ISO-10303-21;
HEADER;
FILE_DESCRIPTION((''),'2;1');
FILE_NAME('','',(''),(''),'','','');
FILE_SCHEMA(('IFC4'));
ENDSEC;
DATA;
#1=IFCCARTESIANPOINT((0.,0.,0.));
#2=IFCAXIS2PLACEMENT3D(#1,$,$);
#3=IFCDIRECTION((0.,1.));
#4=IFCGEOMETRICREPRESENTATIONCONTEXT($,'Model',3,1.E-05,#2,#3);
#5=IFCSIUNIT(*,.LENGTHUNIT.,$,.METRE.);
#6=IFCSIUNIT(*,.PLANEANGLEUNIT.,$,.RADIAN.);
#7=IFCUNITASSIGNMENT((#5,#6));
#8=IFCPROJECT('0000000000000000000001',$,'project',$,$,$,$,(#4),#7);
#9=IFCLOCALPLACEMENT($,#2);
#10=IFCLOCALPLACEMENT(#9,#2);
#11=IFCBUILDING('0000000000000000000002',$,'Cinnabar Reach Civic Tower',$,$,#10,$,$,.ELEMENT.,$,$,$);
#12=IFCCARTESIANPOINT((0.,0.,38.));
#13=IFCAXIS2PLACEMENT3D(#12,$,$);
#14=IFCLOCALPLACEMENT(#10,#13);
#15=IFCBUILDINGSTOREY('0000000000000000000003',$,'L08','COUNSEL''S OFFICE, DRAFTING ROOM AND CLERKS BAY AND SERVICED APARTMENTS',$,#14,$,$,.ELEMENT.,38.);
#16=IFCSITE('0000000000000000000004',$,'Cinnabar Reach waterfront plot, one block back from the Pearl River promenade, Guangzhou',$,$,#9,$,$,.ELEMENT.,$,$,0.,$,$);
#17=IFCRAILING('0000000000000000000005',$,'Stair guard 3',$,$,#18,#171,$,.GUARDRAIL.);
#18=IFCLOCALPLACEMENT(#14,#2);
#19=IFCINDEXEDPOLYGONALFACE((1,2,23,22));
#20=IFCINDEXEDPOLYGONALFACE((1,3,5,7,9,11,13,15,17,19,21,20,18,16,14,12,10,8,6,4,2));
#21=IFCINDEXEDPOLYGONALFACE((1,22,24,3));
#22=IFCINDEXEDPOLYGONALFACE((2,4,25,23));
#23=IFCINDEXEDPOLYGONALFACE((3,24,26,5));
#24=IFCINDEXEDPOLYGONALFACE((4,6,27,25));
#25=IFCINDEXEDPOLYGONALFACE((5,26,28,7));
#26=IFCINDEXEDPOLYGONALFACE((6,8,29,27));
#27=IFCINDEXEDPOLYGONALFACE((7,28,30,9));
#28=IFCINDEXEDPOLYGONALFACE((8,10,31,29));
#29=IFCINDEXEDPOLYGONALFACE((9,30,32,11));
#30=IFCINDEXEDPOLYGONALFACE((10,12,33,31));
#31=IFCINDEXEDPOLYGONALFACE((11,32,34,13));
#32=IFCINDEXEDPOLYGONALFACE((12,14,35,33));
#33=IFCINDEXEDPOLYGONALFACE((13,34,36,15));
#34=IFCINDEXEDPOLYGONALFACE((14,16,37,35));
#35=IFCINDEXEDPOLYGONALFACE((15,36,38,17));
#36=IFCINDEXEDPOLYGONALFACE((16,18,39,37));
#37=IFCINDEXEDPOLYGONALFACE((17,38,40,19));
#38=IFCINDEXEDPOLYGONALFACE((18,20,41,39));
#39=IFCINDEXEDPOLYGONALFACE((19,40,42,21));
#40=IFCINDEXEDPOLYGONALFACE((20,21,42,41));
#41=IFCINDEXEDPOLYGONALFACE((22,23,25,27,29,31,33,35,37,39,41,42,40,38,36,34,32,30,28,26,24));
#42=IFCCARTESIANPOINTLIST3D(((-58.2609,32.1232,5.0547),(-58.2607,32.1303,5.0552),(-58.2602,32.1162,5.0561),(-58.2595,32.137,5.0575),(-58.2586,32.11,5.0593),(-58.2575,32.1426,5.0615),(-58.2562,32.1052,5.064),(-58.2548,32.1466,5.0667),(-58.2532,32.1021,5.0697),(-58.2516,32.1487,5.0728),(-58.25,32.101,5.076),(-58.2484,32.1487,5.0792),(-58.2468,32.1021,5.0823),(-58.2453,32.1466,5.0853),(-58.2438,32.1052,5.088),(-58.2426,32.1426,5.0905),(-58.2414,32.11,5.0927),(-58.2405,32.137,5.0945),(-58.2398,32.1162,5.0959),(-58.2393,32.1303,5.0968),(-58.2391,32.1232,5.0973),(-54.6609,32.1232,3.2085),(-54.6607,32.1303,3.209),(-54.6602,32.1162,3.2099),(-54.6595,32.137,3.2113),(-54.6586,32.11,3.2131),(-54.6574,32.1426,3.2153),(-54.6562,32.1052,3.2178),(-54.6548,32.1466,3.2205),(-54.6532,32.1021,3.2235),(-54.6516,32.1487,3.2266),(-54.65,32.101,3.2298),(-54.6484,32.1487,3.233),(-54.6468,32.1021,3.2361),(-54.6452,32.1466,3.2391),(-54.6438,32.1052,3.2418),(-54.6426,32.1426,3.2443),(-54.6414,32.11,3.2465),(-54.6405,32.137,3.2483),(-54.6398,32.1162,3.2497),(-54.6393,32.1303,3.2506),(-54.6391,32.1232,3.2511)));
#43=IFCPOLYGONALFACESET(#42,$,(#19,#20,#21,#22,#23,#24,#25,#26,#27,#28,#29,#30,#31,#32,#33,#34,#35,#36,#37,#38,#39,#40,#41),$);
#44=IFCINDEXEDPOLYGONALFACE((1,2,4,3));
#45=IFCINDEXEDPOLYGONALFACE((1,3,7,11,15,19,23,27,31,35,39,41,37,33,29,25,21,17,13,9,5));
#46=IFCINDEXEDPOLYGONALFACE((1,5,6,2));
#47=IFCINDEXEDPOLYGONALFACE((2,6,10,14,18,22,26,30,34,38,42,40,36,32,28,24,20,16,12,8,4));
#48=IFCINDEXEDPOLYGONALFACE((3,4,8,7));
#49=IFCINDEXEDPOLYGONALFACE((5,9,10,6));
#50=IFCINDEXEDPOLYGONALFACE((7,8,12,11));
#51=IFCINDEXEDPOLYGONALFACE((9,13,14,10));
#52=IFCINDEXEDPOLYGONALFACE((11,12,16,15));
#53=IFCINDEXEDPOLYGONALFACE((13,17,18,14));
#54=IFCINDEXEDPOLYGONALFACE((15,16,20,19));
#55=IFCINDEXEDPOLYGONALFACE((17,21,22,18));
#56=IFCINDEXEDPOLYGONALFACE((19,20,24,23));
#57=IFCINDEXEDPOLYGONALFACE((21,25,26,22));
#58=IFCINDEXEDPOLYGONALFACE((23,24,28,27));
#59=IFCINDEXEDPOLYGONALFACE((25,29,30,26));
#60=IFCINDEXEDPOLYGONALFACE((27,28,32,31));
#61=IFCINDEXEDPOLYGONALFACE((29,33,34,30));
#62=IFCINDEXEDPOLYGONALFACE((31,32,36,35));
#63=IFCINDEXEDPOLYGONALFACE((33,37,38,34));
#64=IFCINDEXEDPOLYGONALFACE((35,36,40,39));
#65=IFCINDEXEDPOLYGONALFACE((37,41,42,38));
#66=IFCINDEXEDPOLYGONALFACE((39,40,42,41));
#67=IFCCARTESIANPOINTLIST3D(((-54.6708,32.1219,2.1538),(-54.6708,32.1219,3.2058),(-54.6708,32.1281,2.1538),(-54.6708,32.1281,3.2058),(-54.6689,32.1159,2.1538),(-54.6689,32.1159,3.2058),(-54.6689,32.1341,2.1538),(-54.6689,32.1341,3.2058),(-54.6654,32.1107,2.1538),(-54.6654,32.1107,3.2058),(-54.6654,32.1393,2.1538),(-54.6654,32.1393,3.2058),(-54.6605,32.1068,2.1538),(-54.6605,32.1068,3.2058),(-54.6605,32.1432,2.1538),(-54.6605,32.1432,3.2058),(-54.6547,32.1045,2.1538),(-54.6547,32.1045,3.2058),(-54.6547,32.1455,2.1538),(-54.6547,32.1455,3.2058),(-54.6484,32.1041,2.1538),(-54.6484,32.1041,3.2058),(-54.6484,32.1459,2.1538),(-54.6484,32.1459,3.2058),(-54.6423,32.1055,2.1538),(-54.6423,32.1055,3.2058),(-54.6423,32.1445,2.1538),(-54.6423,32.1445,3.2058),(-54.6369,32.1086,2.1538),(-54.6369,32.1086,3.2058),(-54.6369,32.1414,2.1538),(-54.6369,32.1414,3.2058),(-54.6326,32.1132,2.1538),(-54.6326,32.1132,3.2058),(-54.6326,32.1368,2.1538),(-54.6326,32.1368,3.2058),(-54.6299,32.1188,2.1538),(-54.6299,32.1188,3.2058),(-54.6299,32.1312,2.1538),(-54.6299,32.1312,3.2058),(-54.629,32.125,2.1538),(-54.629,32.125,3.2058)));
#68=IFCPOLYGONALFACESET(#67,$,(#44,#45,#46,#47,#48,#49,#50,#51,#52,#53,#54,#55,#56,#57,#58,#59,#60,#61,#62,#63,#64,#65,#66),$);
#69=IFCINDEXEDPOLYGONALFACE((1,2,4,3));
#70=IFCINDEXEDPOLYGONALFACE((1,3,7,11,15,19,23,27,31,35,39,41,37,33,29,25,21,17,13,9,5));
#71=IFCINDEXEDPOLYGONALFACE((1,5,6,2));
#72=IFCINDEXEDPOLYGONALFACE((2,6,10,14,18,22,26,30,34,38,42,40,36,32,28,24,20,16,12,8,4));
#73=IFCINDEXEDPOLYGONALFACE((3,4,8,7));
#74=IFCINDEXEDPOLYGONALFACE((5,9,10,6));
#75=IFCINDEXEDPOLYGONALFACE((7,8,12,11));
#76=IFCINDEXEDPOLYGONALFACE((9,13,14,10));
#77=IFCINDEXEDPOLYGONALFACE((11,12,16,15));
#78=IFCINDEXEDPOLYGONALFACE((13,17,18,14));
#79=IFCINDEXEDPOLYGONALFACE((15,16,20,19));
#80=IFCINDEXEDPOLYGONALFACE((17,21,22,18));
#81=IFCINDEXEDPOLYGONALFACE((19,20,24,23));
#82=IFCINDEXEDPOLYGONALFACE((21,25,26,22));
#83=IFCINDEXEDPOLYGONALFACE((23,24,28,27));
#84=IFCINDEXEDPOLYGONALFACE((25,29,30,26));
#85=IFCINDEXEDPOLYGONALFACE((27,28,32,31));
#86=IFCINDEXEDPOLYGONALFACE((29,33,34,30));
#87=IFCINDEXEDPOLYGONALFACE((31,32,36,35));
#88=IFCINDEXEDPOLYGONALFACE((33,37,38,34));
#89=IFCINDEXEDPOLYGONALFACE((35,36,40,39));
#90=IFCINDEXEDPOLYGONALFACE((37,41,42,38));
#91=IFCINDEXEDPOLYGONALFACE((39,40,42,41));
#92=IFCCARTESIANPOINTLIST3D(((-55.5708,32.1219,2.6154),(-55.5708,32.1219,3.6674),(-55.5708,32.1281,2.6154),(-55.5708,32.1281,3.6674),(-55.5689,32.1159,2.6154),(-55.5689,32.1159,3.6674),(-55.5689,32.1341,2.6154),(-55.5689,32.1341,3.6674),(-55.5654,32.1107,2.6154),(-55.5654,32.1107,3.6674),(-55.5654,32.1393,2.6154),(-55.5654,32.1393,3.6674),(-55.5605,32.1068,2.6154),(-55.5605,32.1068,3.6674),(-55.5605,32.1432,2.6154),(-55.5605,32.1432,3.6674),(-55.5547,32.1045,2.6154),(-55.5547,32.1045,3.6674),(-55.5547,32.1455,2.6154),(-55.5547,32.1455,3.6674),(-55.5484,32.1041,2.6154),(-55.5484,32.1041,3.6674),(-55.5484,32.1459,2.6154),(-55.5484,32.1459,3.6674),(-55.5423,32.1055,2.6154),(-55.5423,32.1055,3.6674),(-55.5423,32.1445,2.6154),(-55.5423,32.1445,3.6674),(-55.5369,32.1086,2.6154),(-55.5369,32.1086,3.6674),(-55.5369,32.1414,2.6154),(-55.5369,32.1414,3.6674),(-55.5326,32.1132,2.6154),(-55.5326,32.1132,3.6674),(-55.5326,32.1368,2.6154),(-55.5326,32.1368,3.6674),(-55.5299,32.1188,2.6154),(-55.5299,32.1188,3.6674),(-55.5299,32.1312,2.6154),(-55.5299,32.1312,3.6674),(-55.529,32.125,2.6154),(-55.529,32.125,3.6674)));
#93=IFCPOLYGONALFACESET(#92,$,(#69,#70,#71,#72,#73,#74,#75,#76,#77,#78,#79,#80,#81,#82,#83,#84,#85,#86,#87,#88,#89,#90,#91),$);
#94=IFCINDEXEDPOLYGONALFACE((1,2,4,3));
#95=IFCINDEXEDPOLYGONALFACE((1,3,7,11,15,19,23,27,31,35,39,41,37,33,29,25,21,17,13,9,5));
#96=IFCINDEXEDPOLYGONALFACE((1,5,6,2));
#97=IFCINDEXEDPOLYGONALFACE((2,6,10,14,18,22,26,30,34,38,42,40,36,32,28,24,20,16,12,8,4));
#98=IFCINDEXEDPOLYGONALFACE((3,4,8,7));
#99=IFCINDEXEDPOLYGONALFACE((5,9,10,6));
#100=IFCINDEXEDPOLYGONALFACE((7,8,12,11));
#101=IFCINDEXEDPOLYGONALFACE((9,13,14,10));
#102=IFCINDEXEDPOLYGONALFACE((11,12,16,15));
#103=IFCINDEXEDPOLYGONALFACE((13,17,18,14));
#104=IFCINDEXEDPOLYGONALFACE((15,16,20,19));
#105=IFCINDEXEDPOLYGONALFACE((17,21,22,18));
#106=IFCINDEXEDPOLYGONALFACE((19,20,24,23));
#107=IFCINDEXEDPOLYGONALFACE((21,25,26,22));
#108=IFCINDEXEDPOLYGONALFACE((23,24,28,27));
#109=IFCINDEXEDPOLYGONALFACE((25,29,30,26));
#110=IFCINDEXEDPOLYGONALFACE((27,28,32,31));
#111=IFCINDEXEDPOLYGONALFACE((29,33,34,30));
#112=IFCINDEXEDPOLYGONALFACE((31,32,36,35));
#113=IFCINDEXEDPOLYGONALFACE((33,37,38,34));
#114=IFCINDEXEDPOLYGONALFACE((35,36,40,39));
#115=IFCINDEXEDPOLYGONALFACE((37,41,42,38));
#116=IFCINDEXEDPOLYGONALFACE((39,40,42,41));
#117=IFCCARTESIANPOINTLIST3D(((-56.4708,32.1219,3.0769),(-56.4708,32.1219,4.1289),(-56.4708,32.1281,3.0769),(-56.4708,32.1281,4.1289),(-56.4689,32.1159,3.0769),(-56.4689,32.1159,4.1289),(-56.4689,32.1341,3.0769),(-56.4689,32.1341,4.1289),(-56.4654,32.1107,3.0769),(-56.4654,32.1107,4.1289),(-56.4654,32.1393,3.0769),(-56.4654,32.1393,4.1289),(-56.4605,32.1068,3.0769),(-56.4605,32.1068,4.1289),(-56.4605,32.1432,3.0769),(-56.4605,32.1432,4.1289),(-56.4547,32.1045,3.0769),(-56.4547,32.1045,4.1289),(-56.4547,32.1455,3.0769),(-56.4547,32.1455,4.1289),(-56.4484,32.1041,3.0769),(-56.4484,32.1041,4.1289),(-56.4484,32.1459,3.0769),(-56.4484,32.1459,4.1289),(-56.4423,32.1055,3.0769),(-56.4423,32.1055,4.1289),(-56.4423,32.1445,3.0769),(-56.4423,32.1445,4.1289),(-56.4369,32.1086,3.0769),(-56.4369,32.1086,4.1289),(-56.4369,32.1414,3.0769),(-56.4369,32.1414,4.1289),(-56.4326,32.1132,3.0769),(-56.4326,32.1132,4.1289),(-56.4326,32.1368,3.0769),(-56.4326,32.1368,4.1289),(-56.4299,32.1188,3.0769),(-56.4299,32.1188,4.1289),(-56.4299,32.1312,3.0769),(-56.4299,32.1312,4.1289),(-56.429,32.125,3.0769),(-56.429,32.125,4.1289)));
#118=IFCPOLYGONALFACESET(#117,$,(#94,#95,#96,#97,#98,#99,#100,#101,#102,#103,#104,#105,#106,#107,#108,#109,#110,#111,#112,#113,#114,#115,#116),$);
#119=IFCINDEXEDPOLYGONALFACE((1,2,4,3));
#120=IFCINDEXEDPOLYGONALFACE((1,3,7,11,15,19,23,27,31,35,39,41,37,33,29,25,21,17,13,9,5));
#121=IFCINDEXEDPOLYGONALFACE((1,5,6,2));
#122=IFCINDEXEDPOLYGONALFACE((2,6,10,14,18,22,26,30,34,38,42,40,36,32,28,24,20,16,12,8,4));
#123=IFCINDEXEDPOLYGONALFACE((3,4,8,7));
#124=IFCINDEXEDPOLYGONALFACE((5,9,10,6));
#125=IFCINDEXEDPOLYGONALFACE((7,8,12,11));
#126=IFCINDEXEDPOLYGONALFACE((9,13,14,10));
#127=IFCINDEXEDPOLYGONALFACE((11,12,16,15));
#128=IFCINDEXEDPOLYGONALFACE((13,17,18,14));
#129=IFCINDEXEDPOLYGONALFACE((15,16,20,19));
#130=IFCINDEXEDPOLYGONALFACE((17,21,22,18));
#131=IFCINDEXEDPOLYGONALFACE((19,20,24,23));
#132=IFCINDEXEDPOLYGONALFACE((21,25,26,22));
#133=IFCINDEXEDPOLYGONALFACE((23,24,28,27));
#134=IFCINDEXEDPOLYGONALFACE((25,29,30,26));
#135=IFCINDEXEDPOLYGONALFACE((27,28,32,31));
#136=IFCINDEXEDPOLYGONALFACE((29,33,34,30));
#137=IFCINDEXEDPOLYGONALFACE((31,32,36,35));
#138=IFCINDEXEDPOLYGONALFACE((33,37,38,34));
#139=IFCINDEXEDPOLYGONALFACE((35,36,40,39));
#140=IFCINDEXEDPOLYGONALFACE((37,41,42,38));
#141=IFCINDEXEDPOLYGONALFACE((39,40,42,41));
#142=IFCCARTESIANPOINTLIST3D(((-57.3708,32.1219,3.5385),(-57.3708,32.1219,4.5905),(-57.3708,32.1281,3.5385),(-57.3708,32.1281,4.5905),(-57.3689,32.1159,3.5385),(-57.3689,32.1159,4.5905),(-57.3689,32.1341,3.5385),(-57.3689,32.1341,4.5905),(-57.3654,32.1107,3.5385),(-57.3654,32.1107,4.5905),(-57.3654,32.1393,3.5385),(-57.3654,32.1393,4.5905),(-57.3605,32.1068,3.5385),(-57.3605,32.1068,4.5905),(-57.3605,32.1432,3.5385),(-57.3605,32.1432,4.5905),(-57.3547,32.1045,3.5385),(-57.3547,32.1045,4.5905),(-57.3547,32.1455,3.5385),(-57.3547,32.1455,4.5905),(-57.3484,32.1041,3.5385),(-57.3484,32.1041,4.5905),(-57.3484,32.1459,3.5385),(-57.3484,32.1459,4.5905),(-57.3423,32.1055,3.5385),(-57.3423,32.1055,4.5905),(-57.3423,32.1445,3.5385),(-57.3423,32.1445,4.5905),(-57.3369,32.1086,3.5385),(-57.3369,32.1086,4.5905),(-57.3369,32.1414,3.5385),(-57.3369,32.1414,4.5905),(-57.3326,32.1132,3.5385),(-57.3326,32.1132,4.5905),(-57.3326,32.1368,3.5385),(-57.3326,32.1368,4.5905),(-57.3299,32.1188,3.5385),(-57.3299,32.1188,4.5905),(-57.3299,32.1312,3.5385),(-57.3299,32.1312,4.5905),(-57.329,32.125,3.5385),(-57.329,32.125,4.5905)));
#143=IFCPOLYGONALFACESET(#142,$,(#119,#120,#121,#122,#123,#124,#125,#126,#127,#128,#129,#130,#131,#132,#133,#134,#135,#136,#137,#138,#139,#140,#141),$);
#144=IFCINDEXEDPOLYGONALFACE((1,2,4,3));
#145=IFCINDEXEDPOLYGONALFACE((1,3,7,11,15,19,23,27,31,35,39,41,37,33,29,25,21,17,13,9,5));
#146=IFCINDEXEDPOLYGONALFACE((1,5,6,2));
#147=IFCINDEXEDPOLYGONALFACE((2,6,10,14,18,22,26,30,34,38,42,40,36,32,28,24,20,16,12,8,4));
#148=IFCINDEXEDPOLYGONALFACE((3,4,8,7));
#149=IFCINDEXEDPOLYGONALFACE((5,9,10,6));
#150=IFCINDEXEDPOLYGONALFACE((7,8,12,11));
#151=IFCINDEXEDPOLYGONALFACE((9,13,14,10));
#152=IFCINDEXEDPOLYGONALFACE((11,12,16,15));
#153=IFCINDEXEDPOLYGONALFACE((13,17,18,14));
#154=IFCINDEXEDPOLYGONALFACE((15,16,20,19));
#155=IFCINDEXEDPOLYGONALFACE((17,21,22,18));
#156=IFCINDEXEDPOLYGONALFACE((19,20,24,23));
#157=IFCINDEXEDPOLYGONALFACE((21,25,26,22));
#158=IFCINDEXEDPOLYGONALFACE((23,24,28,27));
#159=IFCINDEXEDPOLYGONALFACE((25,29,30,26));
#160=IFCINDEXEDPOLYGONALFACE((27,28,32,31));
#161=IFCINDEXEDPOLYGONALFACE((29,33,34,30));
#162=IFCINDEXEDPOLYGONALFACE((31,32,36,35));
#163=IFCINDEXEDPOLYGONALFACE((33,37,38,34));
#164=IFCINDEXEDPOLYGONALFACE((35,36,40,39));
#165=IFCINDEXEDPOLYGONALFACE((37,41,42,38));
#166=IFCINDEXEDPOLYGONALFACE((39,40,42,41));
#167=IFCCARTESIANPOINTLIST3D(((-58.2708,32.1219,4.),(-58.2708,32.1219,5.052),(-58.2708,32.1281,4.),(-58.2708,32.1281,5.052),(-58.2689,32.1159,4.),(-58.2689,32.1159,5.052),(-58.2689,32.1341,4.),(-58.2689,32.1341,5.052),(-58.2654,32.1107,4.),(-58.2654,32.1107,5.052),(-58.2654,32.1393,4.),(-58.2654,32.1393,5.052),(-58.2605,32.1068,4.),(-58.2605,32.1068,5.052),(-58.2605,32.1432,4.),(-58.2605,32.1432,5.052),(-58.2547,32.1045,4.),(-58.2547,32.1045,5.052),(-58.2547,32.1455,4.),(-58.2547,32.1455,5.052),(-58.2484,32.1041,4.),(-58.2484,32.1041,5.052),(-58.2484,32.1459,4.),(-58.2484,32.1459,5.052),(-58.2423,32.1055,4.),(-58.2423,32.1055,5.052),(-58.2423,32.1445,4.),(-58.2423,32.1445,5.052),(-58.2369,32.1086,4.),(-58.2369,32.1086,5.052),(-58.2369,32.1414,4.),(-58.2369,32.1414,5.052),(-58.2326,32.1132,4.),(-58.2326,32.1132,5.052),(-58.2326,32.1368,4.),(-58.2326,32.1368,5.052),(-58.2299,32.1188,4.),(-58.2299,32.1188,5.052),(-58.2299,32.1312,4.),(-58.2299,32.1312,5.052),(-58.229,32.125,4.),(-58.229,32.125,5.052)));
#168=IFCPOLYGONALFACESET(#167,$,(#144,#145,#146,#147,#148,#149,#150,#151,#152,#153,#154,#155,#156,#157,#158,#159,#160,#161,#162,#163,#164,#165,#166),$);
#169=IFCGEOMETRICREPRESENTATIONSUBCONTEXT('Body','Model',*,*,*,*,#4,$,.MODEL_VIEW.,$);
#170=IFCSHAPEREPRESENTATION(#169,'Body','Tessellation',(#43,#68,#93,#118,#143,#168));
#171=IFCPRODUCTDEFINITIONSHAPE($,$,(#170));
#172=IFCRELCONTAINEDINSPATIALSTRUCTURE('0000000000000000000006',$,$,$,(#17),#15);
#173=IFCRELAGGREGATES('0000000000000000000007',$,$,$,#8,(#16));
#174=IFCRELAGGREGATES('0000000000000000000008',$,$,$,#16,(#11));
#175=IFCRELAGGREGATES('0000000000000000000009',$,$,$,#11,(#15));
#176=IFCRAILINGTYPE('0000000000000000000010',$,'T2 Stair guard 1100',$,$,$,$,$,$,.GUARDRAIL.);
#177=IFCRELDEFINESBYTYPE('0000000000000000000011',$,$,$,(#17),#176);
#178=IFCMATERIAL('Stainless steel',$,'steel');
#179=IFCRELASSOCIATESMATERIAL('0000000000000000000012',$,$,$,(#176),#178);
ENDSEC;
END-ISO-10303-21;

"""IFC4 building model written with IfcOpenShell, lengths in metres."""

from ifc_helpers import new_model, si_unit, direction, frame, origin, origin_2d, place, context, subcontext, project, spatial, circle, extrude, material, type_object, element, save


model = new_model("IFC4")

# Units and contexts
model_context = context("Model", 3, precision=1e-05, world=origin(), true_north=direction((0.0, 1.0)))
body_context = subcontext(model_context, "Body", "Model", "MODEL_VIEW")
ifc_project = project(units=[si_unit("LENGTHUNIT", "METRE"), si_unit("PLANEANGLEUNIT", "RADIAN")], contexts=[model_context])

# Site, building, storey
site_placement = place(None, origin())
site = spatial("IfcSite", under=ifc_project, at=site_placement, Name="Cinnabar Reach waterfront plot, one block back from the Pearl River promenade, Guangzhou", CompositionType="ELEMENT", RefElevation=0.0)
building_placement = place(site_placement, origin())
building = spatial("IfcBuilding", under=site, at=building_placement, Name="Cinnabar Reach Civic Tower", CompositionType="ELEMENT")
storey_placement = place(building_placement, frame((0.0, 0.0, 38.0)))
storey = spatial("IfcBuildingStorey", under=building, at=storey_placement, Name="L08", Description="COUNSEL'S OFFICE, DRAFTING ROOM AND CLERKS BAY AND SERVICED APARTMENTS", CompositionType="ELEMENT", Elevation=38.0)

# Railing
ifc_material_1 = material(Name="Stainless steel", Category="steel")
railing_type = type_object("IfcRailingType", Name="T2 Stair guard 1100", PredefinedType="GUARDRAIL", material=ifc_material_1)
railing_1_placement = place(storey_placement, frame((-54.65, 32.125, 2.1538)))
element("IfcRailing", 1, at=railing_1_placement, inside=storey, type_object=railing_type, Name="Stair guard 3", PredefinedType="GUARDRAIL", context=body_context, shape_type="SweptSolid", body=[
    extrude(circle(Radius=0.024, at=origin_2d()), frame((0.0, 0.0, 1.076), z_axis=(-0.889813, 0.0, 0.456326), x_axis=(0.0, -1.0, 0.0)), (0.0, 0.0, 1.0), 4.0458),
    extrude(circle(Radius=0.021, at=origin_2d()), origin(), (0.0, 0.0, 1.0), 1.052),
    extrude(circle(Radius=0.021, at=origin_2d()), frame((-0.9, 0.0, 0.4616)), (0.0, 0.0, 1.0), 1.052),
    extrude(circle(Radius=0.021, at=origin_2d()), frame((-1.8, 0.0, 0.9231)), (0.0, 0.0, 1.0), 1.052),
    extrude(circle(Radius=0.021, at=origin_2d()), frame((-2.7, 0.0, 1.3847)), (0.0, 0.0, 1.0), 1.052),
    extrude(circle(Radius=0.021, at=origin_2d()), frame((-3.6, 0.0, 1.8462)), (0.0, 0.0, 1.0), 1.052),
])

save(model, "model.ifc")
